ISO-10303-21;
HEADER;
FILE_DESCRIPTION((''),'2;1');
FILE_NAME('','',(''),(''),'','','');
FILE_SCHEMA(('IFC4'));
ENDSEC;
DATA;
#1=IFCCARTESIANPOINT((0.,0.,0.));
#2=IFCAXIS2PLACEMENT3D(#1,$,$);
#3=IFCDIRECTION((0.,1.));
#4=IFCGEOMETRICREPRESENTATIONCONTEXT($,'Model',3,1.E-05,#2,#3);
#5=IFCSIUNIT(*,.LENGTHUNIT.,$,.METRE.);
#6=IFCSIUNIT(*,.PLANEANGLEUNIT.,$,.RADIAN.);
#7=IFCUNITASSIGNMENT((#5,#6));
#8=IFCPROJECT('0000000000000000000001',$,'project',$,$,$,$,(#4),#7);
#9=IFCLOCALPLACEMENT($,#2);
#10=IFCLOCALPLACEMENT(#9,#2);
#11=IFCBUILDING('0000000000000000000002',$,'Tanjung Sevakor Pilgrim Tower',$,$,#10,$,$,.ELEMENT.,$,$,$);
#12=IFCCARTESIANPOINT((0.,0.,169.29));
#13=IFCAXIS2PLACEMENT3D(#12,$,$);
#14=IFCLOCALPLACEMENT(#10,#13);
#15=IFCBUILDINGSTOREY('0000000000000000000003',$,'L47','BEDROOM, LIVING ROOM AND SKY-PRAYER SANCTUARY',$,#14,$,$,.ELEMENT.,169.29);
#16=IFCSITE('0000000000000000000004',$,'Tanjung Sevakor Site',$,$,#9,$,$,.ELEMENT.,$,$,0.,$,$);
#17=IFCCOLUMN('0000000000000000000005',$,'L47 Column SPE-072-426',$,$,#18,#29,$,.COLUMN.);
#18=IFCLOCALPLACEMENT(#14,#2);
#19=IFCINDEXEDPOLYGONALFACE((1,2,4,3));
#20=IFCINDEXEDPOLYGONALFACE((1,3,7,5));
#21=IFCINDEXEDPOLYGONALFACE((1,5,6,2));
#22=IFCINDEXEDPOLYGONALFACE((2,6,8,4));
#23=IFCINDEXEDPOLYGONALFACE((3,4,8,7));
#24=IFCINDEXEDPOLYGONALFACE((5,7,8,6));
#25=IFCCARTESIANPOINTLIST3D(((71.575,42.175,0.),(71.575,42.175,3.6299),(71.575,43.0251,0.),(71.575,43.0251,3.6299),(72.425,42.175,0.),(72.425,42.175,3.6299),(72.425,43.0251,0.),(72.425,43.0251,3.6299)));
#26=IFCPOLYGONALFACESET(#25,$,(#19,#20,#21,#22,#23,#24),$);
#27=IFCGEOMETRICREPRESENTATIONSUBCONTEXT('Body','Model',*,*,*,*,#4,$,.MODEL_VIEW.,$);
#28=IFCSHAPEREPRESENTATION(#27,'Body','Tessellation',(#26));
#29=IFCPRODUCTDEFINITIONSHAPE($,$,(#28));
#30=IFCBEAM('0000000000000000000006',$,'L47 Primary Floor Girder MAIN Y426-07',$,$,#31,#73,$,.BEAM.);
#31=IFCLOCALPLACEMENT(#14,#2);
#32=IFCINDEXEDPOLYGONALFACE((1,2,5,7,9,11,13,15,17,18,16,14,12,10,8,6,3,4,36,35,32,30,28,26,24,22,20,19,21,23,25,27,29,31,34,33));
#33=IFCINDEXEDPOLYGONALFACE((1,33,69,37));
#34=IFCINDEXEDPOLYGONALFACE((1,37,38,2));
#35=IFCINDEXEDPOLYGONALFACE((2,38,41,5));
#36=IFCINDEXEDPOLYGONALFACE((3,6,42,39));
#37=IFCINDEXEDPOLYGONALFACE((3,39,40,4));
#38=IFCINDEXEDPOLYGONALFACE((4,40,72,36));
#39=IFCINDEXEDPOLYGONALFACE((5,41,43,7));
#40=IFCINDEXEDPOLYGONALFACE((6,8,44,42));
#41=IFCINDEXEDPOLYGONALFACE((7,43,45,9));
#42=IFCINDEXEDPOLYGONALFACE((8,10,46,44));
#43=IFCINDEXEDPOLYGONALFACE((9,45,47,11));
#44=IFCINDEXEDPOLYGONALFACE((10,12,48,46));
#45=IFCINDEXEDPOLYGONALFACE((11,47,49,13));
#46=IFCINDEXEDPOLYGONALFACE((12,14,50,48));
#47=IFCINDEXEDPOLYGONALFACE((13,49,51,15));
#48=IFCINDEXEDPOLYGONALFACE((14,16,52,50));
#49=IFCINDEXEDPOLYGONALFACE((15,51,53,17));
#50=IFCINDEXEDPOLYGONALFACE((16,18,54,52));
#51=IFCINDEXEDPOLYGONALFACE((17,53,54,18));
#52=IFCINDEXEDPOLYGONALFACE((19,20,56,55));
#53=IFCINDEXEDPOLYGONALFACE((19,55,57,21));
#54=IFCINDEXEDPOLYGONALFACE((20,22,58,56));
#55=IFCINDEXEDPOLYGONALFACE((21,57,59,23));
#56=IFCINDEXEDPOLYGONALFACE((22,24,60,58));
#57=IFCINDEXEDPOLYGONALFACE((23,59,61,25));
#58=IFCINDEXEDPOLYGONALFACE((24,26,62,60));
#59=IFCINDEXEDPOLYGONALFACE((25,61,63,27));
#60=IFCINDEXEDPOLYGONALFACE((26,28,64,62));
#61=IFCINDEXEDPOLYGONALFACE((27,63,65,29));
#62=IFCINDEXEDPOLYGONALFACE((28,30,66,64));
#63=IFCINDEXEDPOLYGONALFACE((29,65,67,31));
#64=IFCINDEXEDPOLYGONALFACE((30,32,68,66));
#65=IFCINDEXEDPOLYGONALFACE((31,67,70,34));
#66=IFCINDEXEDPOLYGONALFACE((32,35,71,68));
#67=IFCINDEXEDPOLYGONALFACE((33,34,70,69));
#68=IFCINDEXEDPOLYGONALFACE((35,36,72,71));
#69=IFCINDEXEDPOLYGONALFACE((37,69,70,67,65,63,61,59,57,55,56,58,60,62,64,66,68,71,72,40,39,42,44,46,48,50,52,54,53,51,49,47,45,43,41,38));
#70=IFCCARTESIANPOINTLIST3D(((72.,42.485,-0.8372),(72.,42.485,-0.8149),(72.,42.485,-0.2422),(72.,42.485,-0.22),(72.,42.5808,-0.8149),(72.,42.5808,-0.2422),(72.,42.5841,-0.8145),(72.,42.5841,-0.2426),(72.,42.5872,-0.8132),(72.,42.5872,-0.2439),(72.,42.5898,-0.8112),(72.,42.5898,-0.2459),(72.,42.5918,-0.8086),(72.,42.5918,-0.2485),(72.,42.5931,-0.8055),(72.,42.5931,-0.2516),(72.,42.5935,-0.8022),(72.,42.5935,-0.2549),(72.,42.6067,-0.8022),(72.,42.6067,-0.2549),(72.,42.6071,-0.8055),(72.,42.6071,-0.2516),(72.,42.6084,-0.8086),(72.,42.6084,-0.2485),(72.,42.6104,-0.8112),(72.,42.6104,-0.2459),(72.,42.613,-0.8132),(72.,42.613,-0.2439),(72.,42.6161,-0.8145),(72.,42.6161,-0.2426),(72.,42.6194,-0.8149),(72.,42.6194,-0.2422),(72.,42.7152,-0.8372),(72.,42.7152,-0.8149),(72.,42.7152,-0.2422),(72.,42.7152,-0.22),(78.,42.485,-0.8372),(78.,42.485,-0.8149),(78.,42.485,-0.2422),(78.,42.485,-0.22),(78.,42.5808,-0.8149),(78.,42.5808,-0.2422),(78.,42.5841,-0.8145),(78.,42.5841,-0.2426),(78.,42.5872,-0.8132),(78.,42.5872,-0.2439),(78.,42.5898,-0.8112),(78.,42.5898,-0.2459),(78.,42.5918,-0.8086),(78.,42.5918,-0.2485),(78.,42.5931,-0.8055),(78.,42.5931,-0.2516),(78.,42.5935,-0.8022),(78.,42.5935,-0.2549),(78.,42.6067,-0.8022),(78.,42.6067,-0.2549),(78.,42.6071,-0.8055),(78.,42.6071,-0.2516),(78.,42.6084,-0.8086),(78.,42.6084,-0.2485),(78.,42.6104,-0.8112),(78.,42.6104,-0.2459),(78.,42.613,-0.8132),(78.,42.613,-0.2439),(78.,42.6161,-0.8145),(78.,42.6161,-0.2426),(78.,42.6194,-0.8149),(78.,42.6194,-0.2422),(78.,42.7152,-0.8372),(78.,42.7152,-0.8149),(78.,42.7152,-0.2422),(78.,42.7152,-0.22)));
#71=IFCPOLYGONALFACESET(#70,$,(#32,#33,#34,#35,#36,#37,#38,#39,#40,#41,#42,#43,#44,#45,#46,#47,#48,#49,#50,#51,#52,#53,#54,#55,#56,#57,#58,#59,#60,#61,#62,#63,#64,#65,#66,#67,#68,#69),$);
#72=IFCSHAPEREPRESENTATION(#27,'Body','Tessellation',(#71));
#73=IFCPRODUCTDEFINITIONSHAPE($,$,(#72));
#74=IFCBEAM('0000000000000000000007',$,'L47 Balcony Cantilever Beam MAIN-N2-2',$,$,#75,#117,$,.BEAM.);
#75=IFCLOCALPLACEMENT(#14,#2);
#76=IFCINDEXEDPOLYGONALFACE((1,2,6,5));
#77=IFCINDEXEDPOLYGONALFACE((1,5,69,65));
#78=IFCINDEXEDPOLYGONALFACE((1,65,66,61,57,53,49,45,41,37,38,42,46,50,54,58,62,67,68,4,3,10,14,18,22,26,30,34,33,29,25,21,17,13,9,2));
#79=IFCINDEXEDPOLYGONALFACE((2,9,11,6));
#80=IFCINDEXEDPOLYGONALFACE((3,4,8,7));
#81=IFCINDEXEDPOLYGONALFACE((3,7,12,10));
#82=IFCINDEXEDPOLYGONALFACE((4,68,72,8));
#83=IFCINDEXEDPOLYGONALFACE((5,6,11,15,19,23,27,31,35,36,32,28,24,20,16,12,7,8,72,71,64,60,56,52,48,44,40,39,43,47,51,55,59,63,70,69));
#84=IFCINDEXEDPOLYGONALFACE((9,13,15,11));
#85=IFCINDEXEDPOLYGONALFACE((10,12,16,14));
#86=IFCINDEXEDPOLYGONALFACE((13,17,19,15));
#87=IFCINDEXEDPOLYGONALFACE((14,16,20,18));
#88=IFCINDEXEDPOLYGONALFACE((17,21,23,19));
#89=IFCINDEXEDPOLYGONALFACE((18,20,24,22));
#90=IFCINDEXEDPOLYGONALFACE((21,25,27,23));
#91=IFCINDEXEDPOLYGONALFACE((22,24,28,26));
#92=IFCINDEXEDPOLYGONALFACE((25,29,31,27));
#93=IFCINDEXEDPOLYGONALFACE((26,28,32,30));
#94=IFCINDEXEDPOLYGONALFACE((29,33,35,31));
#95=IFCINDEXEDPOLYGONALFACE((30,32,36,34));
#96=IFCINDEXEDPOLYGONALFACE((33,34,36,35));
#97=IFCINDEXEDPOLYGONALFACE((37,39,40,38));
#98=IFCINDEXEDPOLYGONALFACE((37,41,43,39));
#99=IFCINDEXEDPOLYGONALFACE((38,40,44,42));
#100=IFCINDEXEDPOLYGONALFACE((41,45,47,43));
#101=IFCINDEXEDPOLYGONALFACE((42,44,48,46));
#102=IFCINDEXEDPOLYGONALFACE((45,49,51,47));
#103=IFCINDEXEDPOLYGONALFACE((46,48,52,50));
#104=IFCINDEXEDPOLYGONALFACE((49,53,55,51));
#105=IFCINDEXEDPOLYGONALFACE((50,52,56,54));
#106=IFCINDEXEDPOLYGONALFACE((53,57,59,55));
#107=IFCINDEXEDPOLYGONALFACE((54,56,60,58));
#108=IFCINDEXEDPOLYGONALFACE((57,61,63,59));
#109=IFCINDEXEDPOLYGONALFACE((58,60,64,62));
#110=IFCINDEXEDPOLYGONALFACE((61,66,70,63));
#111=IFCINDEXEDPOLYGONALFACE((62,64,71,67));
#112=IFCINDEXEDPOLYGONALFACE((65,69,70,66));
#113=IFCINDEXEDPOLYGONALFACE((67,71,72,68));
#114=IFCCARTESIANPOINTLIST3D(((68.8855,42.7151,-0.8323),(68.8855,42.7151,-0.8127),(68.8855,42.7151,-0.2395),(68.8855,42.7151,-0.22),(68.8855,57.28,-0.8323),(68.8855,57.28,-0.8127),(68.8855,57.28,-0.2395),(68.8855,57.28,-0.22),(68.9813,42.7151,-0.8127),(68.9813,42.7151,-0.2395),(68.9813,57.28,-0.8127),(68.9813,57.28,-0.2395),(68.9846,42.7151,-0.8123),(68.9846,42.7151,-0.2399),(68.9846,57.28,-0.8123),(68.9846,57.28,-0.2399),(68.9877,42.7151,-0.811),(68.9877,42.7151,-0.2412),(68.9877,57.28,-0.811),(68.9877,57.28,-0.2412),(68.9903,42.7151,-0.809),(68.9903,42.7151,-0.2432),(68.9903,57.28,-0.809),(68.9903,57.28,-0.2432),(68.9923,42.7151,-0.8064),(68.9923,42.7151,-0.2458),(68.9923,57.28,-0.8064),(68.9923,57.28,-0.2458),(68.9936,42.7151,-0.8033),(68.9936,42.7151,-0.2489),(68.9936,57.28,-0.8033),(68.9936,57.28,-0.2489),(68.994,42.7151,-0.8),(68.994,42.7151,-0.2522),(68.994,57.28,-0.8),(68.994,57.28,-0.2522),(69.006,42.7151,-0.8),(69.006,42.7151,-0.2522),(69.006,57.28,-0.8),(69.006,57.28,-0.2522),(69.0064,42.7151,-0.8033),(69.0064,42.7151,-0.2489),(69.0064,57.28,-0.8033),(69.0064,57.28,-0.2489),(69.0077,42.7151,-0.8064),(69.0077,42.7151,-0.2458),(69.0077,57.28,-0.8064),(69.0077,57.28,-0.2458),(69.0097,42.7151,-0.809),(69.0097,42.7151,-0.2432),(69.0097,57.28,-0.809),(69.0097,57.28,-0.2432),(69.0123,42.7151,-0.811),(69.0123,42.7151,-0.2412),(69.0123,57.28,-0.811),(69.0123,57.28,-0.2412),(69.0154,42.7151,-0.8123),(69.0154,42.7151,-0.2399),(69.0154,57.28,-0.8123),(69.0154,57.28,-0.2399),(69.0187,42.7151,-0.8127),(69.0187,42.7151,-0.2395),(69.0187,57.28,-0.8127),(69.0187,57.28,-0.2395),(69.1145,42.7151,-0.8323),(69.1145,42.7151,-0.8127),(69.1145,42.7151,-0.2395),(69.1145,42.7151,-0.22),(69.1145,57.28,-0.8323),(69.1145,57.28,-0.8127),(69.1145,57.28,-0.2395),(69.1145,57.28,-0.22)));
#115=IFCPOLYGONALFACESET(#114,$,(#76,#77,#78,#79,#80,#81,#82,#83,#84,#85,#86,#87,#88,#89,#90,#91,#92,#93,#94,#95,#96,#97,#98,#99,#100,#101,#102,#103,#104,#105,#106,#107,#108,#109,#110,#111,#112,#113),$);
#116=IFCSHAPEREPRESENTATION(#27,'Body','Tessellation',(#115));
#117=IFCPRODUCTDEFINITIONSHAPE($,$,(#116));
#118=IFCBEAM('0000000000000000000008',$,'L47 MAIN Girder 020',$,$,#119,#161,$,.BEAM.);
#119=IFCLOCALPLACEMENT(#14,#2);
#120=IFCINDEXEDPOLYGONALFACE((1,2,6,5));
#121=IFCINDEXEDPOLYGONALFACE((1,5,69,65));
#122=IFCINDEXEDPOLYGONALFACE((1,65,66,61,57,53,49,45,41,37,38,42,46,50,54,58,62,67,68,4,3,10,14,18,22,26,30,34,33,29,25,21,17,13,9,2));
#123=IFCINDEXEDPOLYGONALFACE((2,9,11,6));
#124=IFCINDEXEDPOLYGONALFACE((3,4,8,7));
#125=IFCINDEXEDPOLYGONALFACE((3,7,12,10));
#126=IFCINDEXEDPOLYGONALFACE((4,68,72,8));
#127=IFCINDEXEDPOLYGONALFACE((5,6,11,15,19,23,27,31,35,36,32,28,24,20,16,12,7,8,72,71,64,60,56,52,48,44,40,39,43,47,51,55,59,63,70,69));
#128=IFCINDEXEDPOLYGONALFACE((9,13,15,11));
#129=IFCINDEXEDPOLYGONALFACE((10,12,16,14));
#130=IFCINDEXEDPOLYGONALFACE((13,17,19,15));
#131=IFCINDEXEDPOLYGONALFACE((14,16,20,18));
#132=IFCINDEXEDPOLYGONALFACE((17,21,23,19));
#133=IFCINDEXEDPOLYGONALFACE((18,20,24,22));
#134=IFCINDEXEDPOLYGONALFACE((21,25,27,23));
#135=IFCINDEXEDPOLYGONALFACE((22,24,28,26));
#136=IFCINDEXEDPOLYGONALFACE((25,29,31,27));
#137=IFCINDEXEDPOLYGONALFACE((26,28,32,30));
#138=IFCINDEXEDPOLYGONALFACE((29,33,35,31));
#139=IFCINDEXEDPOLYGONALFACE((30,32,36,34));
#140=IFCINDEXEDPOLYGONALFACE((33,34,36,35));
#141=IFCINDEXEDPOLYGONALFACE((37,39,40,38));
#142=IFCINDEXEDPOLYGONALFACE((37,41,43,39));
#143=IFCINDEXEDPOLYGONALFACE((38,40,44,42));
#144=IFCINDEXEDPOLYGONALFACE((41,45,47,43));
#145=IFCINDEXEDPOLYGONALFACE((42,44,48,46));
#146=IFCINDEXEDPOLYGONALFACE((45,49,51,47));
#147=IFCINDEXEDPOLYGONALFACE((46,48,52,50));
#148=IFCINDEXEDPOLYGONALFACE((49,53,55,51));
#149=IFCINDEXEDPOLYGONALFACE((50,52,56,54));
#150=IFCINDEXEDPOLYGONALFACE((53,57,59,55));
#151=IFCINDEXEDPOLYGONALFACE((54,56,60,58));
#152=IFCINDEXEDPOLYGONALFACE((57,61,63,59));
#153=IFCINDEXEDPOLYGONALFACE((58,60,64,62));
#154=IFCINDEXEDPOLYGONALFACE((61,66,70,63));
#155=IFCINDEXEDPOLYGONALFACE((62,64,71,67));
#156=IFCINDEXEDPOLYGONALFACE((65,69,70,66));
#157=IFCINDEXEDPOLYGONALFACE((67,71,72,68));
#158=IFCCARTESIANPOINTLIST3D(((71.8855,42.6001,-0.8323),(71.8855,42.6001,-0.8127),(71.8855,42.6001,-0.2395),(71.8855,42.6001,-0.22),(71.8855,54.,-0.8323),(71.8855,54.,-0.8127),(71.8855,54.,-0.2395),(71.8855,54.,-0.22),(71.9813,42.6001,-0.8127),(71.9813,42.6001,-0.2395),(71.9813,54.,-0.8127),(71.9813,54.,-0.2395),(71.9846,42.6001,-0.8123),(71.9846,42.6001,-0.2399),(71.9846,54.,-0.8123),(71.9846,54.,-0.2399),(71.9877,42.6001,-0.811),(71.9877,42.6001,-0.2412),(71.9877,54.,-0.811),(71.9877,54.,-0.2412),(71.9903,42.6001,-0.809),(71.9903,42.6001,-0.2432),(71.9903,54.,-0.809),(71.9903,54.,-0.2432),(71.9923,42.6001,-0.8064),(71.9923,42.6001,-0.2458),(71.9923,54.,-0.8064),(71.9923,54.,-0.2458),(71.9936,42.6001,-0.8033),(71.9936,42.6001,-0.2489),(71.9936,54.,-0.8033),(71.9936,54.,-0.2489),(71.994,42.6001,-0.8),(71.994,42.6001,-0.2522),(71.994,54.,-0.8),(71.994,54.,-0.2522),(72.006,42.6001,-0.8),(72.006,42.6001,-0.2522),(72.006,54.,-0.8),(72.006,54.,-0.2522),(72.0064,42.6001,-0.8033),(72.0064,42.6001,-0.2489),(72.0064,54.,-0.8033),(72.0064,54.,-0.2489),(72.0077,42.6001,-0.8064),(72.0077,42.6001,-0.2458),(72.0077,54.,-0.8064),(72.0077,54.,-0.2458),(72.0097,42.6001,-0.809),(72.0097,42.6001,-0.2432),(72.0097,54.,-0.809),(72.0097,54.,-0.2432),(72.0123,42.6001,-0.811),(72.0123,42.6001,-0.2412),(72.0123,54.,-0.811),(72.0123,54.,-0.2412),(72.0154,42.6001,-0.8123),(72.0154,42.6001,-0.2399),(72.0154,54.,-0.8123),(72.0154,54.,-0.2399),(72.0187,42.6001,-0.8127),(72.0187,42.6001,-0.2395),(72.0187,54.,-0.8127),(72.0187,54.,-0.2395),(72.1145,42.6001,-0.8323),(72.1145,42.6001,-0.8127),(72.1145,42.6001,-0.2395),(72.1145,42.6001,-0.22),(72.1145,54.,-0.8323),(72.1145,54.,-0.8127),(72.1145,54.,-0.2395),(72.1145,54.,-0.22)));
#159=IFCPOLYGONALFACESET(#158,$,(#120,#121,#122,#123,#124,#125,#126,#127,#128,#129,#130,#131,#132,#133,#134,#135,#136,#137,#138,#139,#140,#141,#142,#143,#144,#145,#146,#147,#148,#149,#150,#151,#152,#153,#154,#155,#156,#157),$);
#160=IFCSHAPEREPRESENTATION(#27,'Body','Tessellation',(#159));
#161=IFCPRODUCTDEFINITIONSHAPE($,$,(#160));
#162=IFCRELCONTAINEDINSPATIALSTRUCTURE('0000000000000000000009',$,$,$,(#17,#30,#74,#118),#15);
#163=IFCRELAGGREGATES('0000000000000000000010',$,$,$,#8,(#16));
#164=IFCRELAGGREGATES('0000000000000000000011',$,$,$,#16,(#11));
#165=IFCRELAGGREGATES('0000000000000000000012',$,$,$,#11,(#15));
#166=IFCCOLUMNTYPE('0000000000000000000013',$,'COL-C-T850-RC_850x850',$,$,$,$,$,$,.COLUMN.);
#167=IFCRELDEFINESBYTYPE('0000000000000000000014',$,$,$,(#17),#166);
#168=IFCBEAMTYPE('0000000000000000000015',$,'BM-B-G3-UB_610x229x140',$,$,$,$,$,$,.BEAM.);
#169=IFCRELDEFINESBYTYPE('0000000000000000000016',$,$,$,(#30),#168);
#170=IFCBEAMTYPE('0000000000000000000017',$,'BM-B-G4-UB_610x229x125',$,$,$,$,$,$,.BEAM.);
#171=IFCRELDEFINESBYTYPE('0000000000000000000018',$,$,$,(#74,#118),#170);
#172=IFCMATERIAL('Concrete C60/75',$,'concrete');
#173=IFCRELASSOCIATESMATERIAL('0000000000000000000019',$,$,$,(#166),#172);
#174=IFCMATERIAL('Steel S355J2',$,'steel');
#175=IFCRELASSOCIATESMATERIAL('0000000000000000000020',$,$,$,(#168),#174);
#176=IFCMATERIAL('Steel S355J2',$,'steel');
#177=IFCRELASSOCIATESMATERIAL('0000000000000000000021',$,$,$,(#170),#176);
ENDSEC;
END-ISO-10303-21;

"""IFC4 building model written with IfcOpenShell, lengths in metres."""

from ifc_helpers import new_model, si_unit, direction, frame, origin, origin_2d, place, context, subcontext, project, spatial, rectangle, i_section, extrude, material, material_profile, profile_set, type_object, element, save


model = new_model("IFC4")

# Units and contexts
model_context = context("Model", 3, precision=1e-05, world=origin(), true_north=direction((0.0, 1.0)))
body_context = subcontext(model_context, "Body", "Model", "MODEL_VIEW")
ifc_project = project(units=[si_unit("LENGTHUNIT", "METRE"), si_unit("PLANEANGLEUNIT", "RADIAN")], contexts=[model_context])

# Site, building, storey
site_placement = place(None, origin())
site = spatial("IfcSite", under=ifc_project, at=site_placement, Name="Tanjung Sevakor Site", CompositionType="ELEMENT", RefElevation=0.0)
building_placement = place(site_placement, origin())
building = spatial("IfcBuilding", under=site, at=building_placement, Name="Tanjung Sevakor Pilgrim Tower", CompositionType="ELEMENT")
storey_placement = place(building_placement, frame((0.0, 0.0, 169.29)))
storey = spatial("IfcBuildingStorey", under=building, at=storey_placement, Name="L47", Description="BEDROOM, LIVING ROOM AND SKY-PRAYER SANCTUARY", CompositionType="ELEMENT", Elevation=169.29)

# Column
ifc_material_1 = material(Name="Concrete C60/75", Category="concrete")
ifc_material_profile_1 = material_profile(ifc_material_1, rectangle(XDim=0.8501, YDim=0.8501, at=origin_2d()))
ifc_profile_set_1 = profile_set([ifc_material_profile_1], Name="Concrete C60/75")
column_type = type_object("IfcColumnType", Name="COL-C-T850-RC_850x850", PredefinedType="COLUMN", material=ifc_profile_set_1)
column_placement = place(storey_placement, frame((72.0, 42.6001, 0.0), z_axis=(0.0, 0.0, 1.0), x_axis=(1.0, 0.0, 0.0)))
element("IfcColumn", 1, at=column_placement, inside=storey, type_object=column_type, Name="L47 Column SPE-072-426", PredefinedType="COLUMN", context=body_context, shape_type="SweptSolid", body=[
    extrude(rectangle(XDim=0.8501, YDim=0.8501, at=origin_2d()), origin(), (0.0, 0.0, 1.0), 3.6299),
])

# Beams
ifc_material_2 = material(Name="Steel S355J2", Category="steel")
ifc_material_profile_2 = material_profile(ifc_material_2, i_section(OverallWidth=0.2302, OverallDepth=0.6172, WebThickness=0.0132, FlangeThickness=0.0222, FilletRadius=0.0127, at=origin_2d()))
ifc_profile_set_2 = profile_set([ifc_material_profile_2], Name="Steel S355J2")
beam_type_1 = type_object("IfcBeamType", Name="BM-B-G3-UB_610x229x140", PredefinedType="BEAM", material=ifc_profile_set_2)
beam_1_placement = place(storey_placement, frame((72.0, 42.6001, -0.5286), z_axis=(1.0, 0.0, 0.0), x_axis=(0.0, 1.0, 0.0)))
element("IfcBeam", 2, at=beam_1_placement, inside=storey, type_object=beam_type_1, Name="L47 Primary Floor Girder MAIN Y426-07", PredefinedType="BEAM", context=body_context, shape_type="SweptSolid", body=[
    extrude(i_section(OverallWidth=0.2302, OverallDepth=0.6172, WebThickness=0.0132, FlangeThickness=0.0222, FilletRadius=0.0127, at=origin_2d()), origin(), (0.0, 0.0, 1.0), 6.0),
])
ifc_material_3 = material(Name="Steel S355J2", Category="steel")
ifc_material_profile_3 = material_profile(ifc_material_3, i_section(OverallWidth=0.229, OverallDepth=0.6123, WebThickness=0.012, FlangeThickness=0.0195, FilletRadius=0.0127, at=origin_2d()))
ifc_profile_set_3 = profile_set([ifc_material_profile_3], Name="Steel S355J2")
beam_type_2 = type_object("IfcBeamType", Name="BM-B-G4-UB_610x229x125", PredefinedType="BEAM", material=ifc_profile_set_3)
beam_2_placement = place(storey_placement, frame((69.0, 42.7151, -0.5261), z_axis=(0.0, 1.0, 0.0), x_axis=(-1.0, 0.0, 0.0)))
element("IfcBeam", 3, at=beam_2_placement, inside=storey, type_object=beam_type_2, Name="L47 Balcony Cantilever Beam MAIN-N2-2", PredefinedType="BEAM", context=body_context, shape_type="SweptSolid", body=[
    extrude(i_section(OverallWidth=0.229, OverallDepth=0.6123, WebThickness=0.012, FlangeThickness=0.0195, FilletRadius=0.0127, at=origin_2d()), origin(), (0.0, 0.0, 1.0), 14.5649),
])
beam_3_placement = place(storey_placement, frame((72.0, 42.6001, -0.5261), z_axis=(0.0, 1.0, 0.0), x_axis=(-1.0, 0.0, 0.0)))
element("IfcBeam", 4, at=beam_3_placement, inside=storey, type_object=beam_type_2, Name="L47 MAIN Girder 020", PredefinedType="BEAM", context=body_context, shape_type="SweptSolid", body=[
    extrude(i_section(OverallWidth=0.229, OverallDepth=0.6123, WebThickness=0.012, FlangeThickness=0.0195, FilletRadius=0.0127, at=origin_2d()), origin(), (0.0, 0.0, 1.0), 11.3999),
])

save(model, "model.ifc")
